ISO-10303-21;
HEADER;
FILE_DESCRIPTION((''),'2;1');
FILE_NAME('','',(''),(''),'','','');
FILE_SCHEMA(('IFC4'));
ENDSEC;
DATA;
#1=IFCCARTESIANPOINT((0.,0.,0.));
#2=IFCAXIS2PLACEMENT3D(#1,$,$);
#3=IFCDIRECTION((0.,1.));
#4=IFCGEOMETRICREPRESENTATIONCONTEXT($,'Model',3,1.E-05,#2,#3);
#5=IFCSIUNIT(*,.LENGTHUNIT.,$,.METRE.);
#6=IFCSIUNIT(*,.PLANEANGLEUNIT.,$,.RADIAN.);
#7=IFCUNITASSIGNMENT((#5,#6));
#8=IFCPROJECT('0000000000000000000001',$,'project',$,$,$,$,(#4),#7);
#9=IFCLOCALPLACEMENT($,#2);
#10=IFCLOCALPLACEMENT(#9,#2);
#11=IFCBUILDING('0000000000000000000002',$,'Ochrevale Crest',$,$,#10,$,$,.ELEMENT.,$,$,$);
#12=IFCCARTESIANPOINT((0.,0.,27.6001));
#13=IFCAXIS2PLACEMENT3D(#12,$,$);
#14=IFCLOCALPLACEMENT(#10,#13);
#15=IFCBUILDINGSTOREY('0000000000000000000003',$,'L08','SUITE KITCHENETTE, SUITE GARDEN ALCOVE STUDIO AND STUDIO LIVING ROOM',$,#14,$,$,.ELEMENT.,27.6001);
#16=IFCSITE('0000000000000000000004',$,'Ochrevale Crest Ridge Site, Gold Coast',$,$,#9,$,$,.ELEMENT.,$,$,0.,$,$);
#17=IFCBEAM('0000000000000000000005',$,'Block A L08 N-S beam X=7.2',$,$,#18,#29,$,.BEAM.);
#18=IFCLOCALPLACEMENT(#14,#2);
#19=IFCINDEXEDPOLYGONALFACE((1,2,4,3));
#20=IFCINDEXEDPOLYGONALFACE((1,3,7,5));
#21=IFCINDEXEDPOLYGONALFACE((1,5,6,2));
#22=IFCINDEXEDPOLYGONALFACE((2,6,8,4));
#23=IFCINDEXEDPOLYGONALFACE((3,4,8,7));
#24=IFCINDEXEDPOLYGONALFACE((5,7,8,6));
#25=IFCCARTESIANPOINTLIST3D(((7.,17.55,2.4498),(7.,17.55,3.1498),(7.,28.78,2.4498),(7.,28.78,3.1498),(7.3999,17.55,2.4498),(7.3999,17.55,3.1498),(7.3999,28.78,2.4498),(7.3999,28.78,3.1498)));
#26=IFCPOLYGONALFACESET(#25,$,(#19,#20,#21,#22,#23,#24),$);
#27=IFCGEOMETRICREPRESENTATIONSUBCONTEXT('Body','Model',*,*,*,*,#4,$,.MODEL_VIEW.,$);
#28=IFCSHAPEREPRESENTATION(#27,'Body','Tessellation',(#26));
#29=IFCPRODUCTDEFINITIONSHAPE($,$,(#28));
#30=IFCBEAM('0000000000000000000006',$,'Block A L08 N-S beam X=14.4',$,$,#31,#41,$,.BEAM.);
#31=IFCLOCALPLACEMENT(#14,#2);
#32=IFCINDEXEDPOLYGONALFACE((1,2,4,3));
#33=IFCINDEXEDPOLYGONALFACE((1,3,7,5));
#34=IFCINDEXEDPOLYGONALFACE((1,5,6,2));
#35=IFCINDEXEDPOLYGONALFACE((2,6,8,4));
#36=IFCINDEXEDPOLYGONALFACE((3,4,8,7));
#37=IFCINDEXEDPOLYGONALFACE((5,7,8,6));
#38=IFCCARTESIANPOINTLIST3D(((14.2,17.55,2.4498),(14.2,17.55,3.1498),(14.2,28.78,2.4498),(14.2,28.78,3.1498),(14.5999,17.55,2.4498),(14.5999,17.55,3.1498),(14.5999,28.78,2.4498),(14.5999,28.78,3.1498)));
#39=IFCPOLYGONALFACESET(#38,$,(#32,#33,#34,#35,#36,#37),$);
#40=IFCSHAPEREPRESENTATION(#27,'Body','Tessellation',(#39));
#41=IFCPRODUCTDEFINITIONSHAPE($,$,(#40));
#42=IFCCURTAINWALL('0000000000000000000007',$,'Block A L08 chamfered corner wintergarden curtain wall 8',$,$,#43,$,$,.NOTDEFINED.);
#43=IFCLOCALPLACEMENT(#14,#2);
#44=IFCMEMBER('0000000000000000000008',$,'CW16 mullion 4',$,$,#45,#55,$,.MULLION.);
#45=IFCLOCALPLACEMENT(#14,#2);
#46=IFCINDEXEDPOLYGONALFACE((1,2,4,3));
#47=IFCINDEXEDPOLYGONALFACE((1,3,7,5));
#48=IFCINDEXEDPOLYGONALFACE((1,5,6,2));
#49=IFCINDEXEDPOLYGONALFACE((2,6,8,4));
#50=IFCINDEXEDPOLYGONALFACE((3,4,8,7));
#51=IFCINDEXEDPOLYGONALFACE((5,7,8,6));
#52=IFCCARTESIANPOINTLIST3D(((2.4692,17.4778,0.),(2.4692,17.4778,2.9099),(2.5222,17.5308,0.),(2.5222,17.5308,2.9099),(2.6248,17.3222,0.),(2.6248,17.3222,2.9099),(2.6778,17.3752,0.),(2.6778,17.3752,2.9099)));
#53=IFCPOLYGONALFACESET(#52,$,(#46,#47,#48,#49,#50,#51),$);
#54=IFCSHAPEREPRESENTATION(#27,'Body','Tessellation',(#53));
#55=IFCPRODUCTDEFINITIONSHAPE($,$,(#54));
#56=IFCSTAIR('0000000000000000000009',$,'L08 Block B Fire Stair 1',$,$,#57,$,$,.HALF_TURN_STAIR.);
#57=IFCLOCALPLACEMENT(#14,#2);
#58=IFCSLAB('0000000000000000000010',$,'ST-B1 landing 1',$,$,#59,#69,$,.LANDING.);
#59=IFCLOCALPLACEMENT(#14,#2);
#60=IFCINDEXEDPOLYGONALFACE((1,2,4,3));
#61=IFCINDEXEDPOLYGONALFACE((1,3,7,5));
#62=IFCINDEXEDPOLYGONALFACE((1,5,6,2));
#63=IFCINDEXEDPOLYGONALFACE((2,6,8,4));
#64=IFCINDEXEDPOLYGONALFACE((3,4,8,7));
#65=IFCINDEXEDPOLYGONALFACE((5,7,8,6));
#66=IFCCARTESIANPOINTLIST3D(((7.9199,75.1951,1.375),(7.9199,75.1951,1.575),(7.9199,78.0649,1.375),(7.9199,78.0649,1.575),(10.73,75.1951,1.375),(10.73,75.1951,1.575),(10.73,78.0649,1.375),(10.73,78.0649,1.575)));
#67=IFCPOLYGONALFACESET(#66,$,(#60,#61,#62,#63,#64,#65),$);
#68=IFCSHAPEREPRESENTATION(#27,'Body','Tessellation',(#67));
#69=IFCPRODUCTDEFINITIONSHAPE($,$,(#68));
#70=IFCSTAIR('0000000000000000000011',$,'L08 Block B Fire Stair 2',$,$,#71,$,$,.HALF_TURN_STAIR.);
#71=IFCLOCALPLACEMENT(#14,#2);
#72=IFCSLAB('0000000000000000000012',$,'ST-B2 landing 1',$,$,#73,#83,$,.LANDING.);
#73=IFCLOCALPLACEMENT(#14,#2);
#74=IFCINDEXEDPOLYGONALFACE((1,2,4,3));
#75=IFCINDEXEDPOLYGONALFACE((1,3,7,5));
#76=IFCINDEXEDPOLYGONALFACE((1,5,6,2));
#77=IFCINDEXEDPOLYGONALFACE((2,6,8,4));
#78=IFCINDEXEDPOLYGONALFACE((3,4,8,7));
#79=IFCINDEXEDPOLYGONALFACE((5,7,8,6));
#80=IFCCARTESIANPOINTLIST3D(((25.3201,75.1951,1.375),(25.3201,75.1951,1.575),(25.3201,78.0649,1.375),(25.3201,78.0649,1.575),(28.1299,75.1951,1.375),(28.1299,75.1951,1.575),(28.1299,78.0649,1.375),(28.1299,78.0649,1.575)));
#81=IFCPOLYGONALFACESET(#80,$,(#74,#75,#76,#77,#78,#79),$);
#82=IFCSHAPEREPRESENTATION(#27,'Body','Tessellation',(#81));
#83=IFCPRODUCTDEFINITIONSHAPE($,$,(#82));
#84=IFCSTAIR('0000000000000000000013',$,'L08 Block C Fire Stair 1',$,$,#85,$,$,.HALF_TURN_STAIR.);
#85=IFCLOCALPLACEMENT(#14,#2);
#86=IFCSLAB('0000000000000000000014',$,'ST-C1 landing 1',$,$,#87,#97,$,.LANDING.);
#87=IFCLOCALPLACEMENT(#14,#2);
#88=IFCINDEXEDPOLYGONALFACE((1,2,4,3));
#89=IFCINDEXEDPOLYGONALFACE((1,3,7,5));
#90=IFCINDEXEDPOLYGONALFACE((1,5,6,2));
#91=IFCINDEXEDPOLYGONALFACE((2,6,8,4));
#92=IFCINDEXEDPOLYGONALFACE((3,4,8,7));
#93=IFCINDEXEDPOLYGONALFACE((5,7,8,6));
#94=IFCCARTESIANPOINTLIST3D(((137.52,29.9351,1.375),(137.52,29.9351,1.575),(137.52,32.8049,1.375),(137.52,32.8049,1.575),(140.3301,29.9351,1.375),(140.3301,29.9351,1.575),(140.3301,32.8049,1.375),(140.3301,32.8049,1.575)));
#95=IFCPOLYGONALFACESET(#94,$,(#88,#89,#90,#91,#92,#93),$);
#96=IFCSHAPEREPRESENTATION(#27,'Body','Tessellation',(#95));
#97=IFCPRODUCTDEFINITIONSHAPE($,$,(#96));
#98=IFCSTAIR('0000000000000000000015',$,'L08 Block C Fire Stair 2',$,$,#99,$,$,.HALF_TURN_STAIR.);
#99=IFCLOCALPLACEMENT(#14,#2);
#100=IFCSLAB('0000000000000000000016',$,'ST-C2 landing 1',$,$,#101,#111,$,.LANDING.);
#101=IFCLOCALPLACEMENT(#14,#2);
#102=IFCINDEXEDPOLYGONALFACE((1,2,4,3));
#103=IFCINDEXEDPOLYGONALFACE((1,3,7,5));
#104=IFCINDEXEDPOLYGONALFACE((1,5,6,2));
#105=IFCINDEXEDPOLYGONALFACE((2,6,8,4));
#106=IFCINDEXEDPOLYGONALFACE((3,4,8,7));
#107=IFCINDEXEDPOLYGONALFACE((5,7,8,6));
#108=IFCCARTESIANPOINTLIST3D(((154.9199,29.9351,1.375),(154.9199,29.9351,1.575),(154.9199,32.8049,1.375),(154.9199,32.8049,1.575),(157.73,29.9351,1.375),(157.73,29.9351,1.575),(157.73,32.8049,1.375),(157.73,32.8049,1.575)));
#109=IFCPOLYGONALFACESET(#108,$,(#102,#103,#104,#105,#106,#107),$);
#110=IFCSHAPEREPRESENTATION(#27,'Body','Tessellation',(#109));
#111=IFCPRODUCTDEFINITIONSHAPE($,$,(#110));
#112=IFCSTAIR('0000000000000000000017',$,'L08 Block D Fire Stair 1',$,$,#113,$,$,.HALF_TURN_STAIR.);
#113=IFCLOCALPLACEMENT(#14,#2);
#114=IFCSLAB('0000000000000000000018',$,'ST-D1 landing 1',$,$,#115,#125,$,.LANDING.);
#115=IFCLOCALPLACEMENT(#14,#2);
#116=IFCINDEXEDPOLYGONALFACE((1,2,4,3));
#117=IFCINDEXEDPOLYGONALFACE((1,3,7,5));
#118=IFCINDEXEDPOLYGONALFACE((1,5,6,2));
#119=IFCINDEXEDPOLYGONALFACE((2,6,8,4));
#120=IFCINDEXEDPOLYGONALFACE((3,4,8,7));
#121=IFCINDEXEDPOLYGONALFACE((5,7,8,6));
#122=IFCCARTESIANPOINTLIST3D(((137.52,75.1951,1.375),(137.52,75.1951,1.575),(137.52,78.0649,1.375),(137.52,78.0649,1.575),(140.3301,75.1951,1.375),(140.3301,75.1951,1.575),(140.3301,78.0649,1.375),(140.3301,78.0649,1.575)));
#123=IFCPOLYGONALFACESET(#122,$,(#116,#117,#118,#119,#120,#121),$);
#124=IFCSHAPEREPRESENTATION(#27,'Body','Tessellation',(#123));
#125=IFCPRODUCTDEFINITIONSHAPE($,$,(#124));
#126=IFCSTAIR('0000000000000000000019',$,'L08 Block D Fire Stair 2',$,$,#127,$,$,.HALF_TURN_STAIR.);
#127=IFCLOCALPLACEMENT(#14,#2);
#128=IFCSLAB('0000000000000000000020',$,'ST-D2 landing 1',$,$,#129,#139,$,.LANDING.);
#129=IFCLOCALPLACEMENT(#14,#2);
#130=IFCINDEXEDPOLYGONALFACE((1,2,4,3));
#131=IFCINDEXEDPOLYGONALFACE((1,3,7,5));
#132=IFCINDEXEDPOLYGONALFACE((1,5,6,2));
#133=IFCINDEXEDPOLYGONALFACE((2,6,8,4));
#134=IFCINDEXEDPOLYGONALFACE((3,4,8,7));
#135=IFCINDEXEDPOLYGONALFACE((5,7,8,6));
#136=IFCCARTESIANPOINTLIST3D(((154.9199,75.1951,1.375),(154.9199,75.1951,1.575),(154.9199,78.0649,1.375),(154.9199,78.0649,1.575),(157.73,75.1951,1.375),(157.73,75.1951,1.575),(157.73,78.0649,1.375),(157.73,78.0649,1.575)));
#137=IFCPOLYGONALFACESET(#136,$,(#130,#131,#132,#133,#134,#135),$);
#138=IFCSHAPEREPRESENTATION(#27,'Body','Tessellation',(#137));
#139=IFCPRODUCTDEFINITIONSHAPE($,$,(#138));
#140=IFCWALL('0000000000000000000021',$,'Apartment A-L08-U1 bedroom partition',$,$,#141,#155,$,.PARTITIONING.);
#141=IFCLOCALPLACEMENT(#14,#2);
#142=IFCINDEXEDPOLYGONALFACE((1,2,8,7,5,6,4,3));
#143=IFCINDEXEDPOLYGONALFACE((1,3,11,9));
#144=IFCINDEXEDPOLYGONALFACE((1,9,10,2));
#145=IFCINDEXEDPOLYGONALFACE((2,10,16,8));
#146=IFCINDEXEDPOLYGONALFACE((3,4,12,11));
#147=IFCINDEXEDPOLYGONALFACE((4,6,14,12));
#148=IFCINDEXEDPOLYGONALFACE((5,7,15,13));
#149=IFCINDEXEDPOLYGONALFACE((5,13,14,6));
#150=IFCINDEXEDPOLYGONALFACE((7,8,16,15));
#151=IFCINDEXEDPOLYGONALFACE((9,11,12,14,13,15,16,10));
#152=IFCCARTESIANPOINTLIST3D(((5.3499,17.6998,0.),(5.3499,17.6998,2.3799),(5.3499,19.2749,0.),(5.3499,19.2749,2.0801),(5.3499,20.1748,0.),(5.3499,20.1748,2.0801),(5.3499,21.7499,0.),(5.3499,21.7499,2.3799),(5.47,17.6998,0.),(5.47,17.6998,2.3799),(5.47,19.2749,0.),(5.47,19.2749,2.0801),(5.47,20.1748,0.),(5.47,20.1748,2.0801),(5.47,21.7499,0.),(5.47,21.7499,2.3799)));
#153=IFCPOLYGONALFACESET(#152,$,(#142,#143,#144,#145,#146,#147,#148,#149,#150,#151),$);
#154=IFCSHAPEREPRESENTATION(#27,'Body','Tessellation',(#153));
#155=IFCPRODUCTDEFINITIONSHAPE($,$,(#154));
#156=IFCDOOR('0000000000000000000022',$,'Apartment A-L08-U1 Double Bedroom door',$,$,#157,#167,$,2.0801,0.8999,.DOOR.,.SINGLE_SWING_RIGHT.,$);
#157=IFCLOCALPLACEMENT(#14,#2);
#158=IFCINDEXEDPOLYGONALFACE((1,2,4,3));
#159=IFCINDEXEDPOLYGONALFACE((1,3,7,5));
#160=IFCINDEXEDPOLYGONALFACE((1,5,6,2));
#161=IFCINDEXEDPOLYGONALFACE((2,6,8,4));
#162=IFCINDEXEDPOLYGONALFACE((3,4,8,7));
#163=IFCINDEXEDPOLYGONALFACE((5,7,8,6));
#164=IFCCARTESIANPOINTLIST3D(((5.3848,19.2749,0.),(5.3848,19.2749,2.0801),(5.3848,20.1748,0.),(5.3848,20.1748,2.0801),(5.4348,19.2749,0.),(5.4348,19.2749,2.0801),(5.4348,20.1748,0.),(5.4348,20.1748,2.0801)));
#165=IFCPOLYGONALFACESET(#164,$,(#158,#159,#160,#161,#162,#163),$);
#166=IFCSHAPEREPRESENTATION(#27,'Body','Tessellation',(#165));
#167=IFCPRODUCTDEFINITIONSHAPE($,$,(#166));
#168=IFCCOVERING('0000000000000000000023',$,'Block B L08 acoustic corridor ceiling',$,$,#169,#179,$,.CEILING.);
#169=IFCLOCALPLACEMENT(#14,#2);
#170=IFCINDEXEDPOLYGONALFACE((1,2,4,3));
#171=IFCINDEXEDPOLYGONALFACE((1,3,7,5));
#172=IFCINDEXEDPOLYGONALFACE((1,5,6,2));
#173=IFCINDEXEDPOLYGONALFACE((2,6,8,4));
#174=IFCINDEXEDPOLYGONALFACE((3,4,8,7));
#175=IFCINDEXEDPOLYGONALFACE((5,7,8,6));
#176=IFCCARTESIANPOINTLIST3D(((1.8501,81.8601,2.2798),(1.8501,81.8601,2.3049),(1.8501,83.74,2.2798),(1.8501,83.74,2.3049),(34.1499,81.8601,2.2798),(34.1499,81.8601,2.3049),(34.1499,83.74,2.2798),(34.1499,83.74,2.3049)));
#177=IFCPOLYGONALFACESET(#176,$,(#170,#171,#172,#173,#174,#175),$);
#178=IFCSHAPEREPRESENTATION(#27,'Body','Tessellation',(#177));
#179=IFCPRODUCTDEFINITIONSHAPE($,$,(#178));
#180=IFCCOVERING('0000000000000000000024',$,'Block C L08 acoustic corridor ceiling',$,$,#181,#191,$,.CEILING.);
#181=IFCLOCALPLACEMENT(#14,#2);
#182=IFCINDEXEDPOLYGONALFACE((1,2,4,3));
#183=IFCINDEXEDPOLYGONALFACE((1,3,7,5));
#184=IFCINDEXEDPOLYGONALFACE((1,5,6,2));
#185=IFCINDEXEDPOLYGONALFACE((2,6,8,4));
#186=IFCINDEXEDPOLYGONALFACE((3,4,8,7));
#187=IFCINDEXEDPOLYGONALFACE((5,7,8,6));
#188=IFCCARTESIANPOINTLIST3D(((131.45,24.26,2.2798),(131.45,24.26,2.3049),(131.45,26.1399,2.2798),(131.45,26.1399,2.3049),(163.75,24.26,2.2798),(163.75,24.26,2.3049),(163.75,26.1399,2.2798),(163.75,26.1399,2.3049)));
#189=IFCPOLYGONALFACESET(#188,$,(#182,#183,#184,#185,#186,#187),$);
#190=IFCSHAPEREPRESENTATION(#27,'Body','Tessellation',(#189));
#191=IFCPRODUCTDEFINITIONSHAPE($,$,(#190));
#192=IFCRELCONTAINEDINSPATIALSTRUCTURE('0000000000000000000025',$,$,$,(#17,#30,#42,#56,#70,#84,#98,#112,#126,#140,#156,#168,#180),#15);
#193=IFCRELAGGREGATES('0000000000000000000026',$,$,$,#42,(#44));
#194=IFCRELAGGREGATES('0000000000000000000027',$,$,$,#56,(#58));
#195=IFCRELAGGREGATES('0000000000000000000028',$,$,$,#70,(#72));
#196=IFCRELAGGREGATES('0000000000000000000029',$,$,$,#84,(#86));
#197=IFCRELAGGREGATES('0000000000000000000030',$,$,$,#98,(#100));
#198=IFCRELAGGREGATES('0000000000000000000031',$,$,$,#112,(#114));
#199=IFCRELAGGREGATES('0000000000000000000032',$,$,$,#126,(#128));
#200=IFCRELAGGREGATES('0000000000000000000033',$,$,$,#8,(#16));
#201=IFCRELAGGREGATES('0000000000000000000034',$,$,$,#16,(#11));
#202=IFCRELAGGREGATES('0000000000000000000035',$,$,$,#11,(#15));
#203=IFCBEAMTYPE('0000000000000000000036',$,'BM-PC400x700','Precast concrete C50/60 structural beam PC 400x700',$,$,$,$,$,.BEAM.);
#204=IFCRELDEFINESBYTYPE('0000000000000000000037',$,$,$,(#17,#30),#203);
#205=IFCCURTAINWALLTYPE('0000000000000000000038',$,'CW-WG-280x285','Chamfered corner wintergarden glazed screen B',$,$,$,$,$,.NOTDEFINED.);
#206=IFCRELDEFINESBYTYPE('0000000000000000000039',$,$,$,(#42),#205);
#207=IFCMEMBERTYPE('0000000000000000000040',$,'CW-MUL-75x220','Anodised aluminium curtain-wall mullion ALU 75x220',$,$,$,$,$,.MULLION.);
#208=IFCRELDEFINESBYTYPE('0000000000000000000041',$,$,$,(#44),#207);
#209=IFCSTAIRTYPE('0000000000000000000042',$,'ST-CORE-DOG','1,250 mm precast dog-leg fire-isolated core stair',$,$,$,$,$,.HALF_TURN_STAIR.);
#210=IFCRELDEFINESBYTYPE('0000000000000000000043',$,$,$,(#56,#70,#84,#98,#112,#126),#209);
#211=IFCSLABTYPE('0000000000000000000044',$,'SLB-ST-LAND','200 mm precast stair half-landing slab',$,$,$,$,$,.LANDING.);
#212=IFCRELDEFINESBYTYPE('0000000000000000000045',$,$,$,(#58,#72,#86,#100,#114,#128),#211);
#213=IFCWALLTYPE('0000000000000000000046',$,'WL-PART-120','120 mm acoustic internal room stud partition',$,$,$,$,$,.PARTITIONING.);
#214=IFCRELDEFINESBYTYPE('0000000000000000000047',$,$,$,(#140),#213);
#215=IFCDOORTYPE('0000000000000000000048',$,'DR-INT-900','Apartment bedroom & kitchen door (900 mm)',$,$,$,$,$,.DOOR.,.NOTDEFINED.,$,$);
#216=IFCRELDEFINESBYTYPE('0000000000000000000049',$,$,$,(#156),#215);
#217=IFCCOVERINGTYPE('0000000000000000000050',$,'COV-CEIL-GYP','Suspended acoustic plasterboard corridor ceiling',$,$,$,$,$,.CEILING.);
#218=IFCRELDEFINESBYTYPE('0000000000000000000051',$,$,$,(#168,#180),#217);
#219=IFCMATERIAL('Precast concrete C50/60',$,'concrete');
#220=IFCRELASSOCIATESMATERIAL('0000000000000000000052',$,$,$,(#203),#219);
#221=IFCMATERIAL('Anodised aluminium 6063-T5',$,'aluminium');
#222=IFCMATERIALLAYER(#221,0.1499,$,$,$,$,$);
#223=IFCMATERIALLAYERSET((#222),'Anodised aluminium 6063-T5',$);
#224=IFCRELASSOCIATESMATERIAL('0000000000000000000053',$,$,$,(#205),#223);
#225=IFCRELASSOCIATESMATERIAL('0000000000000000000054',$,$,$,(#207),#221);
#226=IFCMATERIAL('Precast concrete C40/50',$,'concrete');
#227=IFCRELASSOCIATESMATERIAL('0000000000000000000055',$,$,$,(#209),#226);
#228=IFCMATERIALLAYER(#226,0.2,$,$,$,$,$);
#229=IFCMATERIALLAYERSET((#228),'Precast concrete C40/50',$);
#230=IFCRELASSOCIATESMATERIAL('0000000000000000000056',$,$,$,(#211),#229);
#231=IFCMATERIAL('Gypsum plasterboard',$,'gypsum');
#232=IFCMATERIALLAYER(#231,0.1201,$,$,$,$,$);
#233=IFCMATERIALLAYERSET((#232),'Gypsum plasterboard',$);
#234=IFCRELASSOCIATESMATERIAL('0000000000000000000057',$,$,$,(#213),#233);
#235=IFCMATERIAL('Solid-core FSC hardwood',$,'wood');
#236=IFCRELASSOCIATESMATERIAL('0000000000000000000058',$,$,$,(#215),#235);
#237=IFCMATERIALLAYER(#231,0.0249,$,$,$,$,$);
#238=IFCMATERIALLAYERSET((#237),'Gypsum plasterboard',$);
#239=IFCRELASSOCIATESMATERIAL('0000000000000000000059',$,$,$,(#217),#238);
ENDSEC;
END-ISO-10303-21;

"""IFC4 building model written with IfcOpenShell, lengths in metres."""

from ifc_helpers import new_model, si_unit, direction, frame, frame_2d, origin, origin_2d, place, context, subcontext, project, spatial, polyline, rectangle, outline, extrude, material, layer, layer_set, material_profile, profile_set, type_object, element, fill, aggregate, save


model = new_model("IFC4")

# Units and contexts
model_context = context("Model", 3, precision=1e-05, world=origin(), true_north=direction((0.0, 1.0)))
body_context = subcontext(model_context, "Body", "Model", "MODEL_VIEW")
ifc_project = project(units=[si_unit("LENGTHUNIT", "METRE"), si_unit("PLANEANGLEUNIT", "RADIAN")], contexts=[model_context])

# Site, building, storey
site_placement = place(None, origin())
site = spatial("IfcSite", under=ifc_project, at=site_placement, Name="Ochrevale Crest Ridge Site, Gold Coast", CompositionType="ELEMENT", RefElevation=0.0)
building_placement = place(site_placement, origin())
building = spatial("IfcBuilding", under=site, at=building_placement, Name="Ochrevale Crest", CompositionType="ELEMENT")
storey_placement = place(building_placement, frame((0.0, 0.0, 27.6001)))
storey = spatial("IfcBuildingStorey", under=building, at=storey_placement, Name="L08", Description="SUITE KITCHENETTE, SUITE GARDEN ALCOVE STUDIO AND STUDIO LIVING ROOM", CompositionType="ELEMENT", Elevation=27.6001)

# Beams
ifc_material_1 = material(Name="Precast concrete C50/60", Category="concrete")
ifc_material_profile_1 = material_profile(ifc_material_1, rectangle(XDim=0.3999, YDim=0.7, at=origin_2d()), Name="PC 400x700")
ifc_profile_set_1 = profile_set([ifc_material_profile_1], Name="Precast concrete C50/60")
beam_type = type_object("IfcBeamType", Name="BM-PC400x700", Description="Precast concrete C50/60 structural beam PC 400x700", PredefinedType="BEAM", material=ifc_profile_set_1)
for number, where, z_axis, x_axis, name in (
    (1, (7.2, 17.55, 2.7998), (0.0, 1.0, 0.0), (-1.0, 0.0, 0.0), "Block A L08 N-S beam X=7.2"),
    (2, (14.3999, 17.55, 2.7998), (0.0, 1.0, 0.0), (-1.0, 0.0, 0.0), "Block A L08 N-S beam X=14.4"),
):
    element("IfcBeam", number, at=place(storey_placement, frame(where, z_axis=z_axis, x_axis=x_axis)), inside=storey, type_object=beam_type, Name=name, PredefinedType="BEAM", context=body_context, shape_type="SweptSolid", body=[
        extrude(rectangle(XDim=0.3999, YDim=0.7, at=origin_2d()), origin(), (0.0, 0.0, 1.0), 11.23),
    ])

# Curtain wall, member
ifc_material_2 = material(Name="Anodised aluminium 6063-T5", Category="aluminium")
ifc_layer_1 = layer(ifc_material_2, 0.1499)
ifc_layer_set_1 = layer_set([ifc_layer_1], Name="Anodised aluminium 6063-T5")
curtain_wall_type = type_object("IfcCurtainWallType", Name="CW-WG-280x285", Description="Chamfered corner wintergarden glazed screen B", PredefinedType="NOTDEFINED", material=ifc_layer_set_1)
curtain_wall_placement = place(storey_placement, origin())
curtain_wall = element("IfcCurtainWall", 3, at=curtain_wall_placement, inside=storey, type_object=curtain_wall_type, Name="Block A L08 chamfered corner wintergarden curtain wall 8", PredefinedType="NOTDEFINED")
ifc_material_profile_2 = material_profile(ifc_material_2, rectangle(XDim=0.075, YDim=0.22, at=origin_2d()), Name="ALU 75x220")
ifc_profile_set_2 = profile_set([ifc_material_profile_2], Name="Anodised aluminium 6063-T5")
member_type = type_object("IfcMemberType", Name="CW-MUL-75x220", Description="Anodised aluminium curtain-wall mullion ALU 75x220", PredefinedType="MULLION", material=ifc_profile_set_2)
member_placement = place(storey_placement, frame((2.5735, 17.4265, 0.0), z_axis=(0.0, 0.0, 1.0), x_axis=(0.707107, 0.707107, 0.0)))
member = element("IfcMember", 4, at=member_placement, type_object=member_type, Name="CW16 mullion 4", PredefinedType="MULLION", context=body_context, shape_type="SweptSolid", body=[
    extrude(rectangle(XDim=0.075, YDim=0.22, at=origin_2d()), origin(), (0.0, 0.0, 1.0), 2.9099),
])
aggregate(curtain_wall, [member])

# Stairs, slabs
ifc_material_3 = material(Name="Precast concrete C40/50", Category="concrete")
stair_type = type_object("IfcStairType", Name="ST-CORE-DOG", Description="1,250 mm precast dog-leg fire-isolated core stair", PredefinedType="HALF_TURN_STAIR", material=ifc_material_3)
stair_1_placement = place(storey_placement, origin())
stair_1 = element("IfcStair", 5, at=stair_1_placement, inside=storey, type_object=stair_type, Name="L08 Block B Fire Stair 1", PredefinedType="HALF_TURN_STAIR")
ifc_layer_2 = layer(ifc_material_3, 0.2)
ifc_layer_set_2 = layer_set([ifc_layer_2], Name="Precast concrete C40/50")
slab_type = type_object("IfcSlabType", Name="SLB-ST-LAND", Description="200 mm precast stair half-landing slab", PredefinedType="LANDING", material=ifc_layer_set_2)
slab_1_placement = place(storey_placement, frame((0.0, 0.0, 1.375)))
slab_1 = element("IfcSlab", 6, at=slab_1_placement, type_object=slab_type, Name="ST-B1 landing 1", PredefinedType="LANDING", context=body_context, shape_type="SweptSolid", body=[
    extrude(outline(polyline([(7.9199, 78.0649), (7.9199, 75.1951), (10.73, 75.1951), (10.73, 78.0649), (7.9199, 78.0649)])), origin(), (0.0, 0.0, 1.0), 0.2),
])
aggregate(stair_1, [slab_1])
stair_2_placement = place(storey_placement, origin())
stair_2 = element("IfcStair", 7, at=stair_2_placement, inside=storey, type_object=stair_type, Name="L08 Block B Fire Stair 2", PredefinedType="HALF_TURN_STAIR")
slab_2_placement = place(storey_placement, frame((0.0, 0.0, 1.375)))
slab_2 = element("IfcSlab", 8, at=slab_2_placement, type_object=slab_type, Name="ST-B2 landing 1", PredefinedType="LANDING", context=body_context, shape_type="SweptSolid", body=[
    extrude(outline(polyline([(25.3201, 78.0649), (25.3201, 75.1951), (28.1299, 75.1951), (28.1299, 78.0649), (25.3201, 78.0649)])), origin(), (0.0, 0.0, 1.0), 0.2),
])
aggregate(stair_2, [slab_2])
stair_3_placement = place(storey_placement, origin())
stair_3 = element("IfcStair", 9, at=stair_3_placement, inside=storey, type_object=stair_type, Name="L08 Block C Fire Stair 1", PredefinedType="HALF_TURN_STAIR")
slab_3_placement = place(storey_placement, frame((0.0, 0.0, 1.375)))
slab_3 = element("IfcSlab", 10, at=slab_3_placement, type_object=slab_type, Name="ST-C1 landing 1", PredefinedType="LANDING", context=body_context, shape_type="SweptSolid", body=[
    extrude(outline(polyline([(140.3301, 29.9351), (140.3301, 32.8049), (137.52, 32.8049), (137.52, 29.9351), (140.3301, 29.9351)])), origin(), (0.0, 0.0, 1.0), 0.2),
])
aggregate(stair_3, [slab_3])
stair_4_placement = place(storey_placement, origin())
stair_4 = element("IfcStair", 11, at=stair_4_placement, inside=storey, type_object=stair_type, Name="L08 Block C Fire Stair 2", PredefinedType="HALF_TURN_STAIR")
slab_4_placement = place(storey_placement, frame((0.0, 0.0, 1.375)))
slab_4 = element("IfcSlab", 12, at=slab_4_placement, type_object=slab_type, Name="ST-C2 landing 1", PredefinedType="LANDING", context=body_context, shape_type="SweptSolid", body=[
    extrude(outline(polyline([(157.73, 29.9351), (157.73, 32.8049), (154.9199, 32.8049), (154.9199, 29.9351), (157.73, 29.9351)])), origin(), (0.0, 0.0, 1.0), 0.2),
])
aggregate(stair_4, [slab_4])
stair_5_placement = place(storey_placement, origin())
stair_5 = element("IfcStair", 13, at=stair_5_placement, inside=storey, type_object=stair_type, Name="L08 Block D Fire Stair 1", PredefinedType="HALF_TURN_STAIR")
slab_5_placement = place(storey_placement, frame((0.0, 0.0, 1.375)))
slab_5 = element("IfcSlab", 14, at=slab_5_placement, type_object=slab_type, Name="ST-D1 landing 1", PredefinedType="LANDING", context=body_context, shape_type="SweptSolid", body=[
    extrude(outline(polyline([(137.52, 78.0649), (137.52, 75.1951), (140.3301, 75.1951), (140.3301, 78.0649), (137.52, 78.0649)])), origin(), (0.0, 0.0, 1.0), 0.2),
])
aggregate(stair_5, [slab_5])
stair_6_placement = place(storey_placement, origin())
stair_6 = element("IfcStair", 15, at=stair_6_placement, inside=storey, type_object=stair_type, Name="L08 Block D Fire Stair 2", PredefinedType="HALF_TURN_STAIR")
slab_6_placement = place(storey_placement, frame((0.0, 0.0, 1.375)))
slab_6 = element("IfcSlab", 16, at=slab_6_placement, type_object=slab_type, Name="ST-D2 landing 1", PredefinedType="LANDING", context=body_context, shape_type="SweptSolid", body=[
    extrude(outline(polyline([(154.9199, 78.0649), (154.9199, 75.1951), (157.73, 75.1951), (157.73, 78.0649), (154.9199, 78.0649)])), origin(), (0.0, 0.0, 1.0), 0.2),
])
aggregate(stair_6, [slab_6])

# Wall, opening, door
ifc_material_4 = material(Name="Gypsum plasterboard", Category="gypsum")
ifc_layer_3 = layer(ifc_material_4, 0.1201)
ifc_layer_set_3 = layer_set([ifc_layer_3], Name="Gypsum plasterboard")
wall_type_1 = type_object("IfcWallType", Name="WL-PART-120", Description="120 mm acoustic internal room stud partition", PredefinedType="PARTITIONING", material=ifc_layer_set_3)
wall_1_placement = place(storey_placement, frame((5.4099, 17.7, 0.0), z_axis=(0.0, 0.0, 1.0), x_axis=(0.0, 1.0, 0.0)))
wall_1 = element("IfcWall", 17, at=wall_1_placement, inside=storey, type_object=wall_type_1, Name="Apartment A-L08-U1 bedroom partition", PredefinedType="PARTITIONING", context=body_context, shape_type="SweptSolid", body=[
    extrude(rectangle(XDim=4.05, YDim=0.1201, at=frame_2d((2.0249, 0.0))), origin(), (0.0, 0.0, 1.0), 2.3799),
])
opening_1_placement = place(wall_1_placement, frame((2.4749, 0.0, 0.0), z_axis=(0.0, 0.0, 1.0), x_axis=(-1.0, 0.0, 0.0)))
opening_1 = element("IfcOpeningElement", 18, at=opening_1_placement, cuts=wall_1, PredefinedType="OPENING", context=body_context, shape_type="SweptSolid", body=[
    extrude(rectangle(XDim=0.8999, YDim=2.0801, at=frame_2d((0.45, 1.04))), frame((0.0, 0.0701, 0.0), z_axis=(0.0, -1.0, 0.0), x_axis=(1.0, 0.0, 0.0)), (0.0, 0.0, 1.0), 0.1401),
])
ifc_material_5 = material(Name="Solid-core FSC hardwood", Category="wood")
door_type_1 = type_object("IfcDoorType", Name="DR-INT-900", Description="Apartment bedroom & kitchen door (900 mm)", OperationType="NOTDEFINED", PredefinedType="DOOR", material=ifc_material_5)
door_1_placement = place(opening_1_placement, origin())
door_1 = element("IfcDoor", 19, at=door_1_placement, inside=storey, type_object=door_type_1, Name="Apartment A-L08-U1 Double Bedroom door", OperationType="SINGLE_SWING_RIGHT", OverallHeight=2.0801, OverallWidth=0.8999, PredefinedType="DOOR", context=body_context, shape_type="SweptSolid", body=[
    extrude(rectangle(XDim=0.8999, YDim=2.0801, at=frame_2d((0.45, 1.04))), frame((0.0, 0.0249, 0.0), z_axis=(0.0, -1.0, 0.0), x_axis=(1.0, 0.0, 0.0)), (0.0, 0.0, 1.0), 0.05),
])
fill(opening_1, door_1)

# Coverings
ifc_layer_4 = layer(ifc_material_4, 0.0249)
ifc_layer_set_4 = layer_set([ifc_layer_4], Name="Gypsum plasterboard")
covering_type_1 = type_object("IfcCoveringType", Name="COV-CEIL-GYP", Description="Suspended acoustic plasterboard corridor ceiling", PredefinedType="CEILING", material=ifc_layer_set_4)
covering_1_placement = place(storey_placement, frame((0.0, 0.0, 2.2798)))
element("IfcCovering", 20, at=covering_1_placement, inside=storey, type_object=covering_type_1, Name="Block B L08 acoustic corridor ceiling", PredefinedType="CEILING", context=body_context, shape_type="SweptSolid", body=[
    extrude(outline(polyline([(1.8501, 81.8601), (34.1499, 81.8601), (34.1499, 83.74), (1.8501, 83.74), (1.8501, 81.8601)])), origin(), (0.0, 0.0, 1.0), 0.0251),
])
covering_2_placement = place(storey_placement, frame((0.0, 0.0, 2.2798)))
element("IfcCovering", 21, at=covering_2_placement, inside=storey, type_object=covering_type_1, Name="Block C L08 acoustic corridor ceiling", PredefinedType="CEILING", context=body_context, shape_type="SweptSolid", body=[
    extrude(outline(polyline([(131.45, 24.26), (163.75, 24.26), (163.75, 26.1399), (131.45, 26.1399), (131.45, 24.26)])), origin(), (0.0, 0.0, 1.0), 0.0251),
])

save(model, "model.ifc")
